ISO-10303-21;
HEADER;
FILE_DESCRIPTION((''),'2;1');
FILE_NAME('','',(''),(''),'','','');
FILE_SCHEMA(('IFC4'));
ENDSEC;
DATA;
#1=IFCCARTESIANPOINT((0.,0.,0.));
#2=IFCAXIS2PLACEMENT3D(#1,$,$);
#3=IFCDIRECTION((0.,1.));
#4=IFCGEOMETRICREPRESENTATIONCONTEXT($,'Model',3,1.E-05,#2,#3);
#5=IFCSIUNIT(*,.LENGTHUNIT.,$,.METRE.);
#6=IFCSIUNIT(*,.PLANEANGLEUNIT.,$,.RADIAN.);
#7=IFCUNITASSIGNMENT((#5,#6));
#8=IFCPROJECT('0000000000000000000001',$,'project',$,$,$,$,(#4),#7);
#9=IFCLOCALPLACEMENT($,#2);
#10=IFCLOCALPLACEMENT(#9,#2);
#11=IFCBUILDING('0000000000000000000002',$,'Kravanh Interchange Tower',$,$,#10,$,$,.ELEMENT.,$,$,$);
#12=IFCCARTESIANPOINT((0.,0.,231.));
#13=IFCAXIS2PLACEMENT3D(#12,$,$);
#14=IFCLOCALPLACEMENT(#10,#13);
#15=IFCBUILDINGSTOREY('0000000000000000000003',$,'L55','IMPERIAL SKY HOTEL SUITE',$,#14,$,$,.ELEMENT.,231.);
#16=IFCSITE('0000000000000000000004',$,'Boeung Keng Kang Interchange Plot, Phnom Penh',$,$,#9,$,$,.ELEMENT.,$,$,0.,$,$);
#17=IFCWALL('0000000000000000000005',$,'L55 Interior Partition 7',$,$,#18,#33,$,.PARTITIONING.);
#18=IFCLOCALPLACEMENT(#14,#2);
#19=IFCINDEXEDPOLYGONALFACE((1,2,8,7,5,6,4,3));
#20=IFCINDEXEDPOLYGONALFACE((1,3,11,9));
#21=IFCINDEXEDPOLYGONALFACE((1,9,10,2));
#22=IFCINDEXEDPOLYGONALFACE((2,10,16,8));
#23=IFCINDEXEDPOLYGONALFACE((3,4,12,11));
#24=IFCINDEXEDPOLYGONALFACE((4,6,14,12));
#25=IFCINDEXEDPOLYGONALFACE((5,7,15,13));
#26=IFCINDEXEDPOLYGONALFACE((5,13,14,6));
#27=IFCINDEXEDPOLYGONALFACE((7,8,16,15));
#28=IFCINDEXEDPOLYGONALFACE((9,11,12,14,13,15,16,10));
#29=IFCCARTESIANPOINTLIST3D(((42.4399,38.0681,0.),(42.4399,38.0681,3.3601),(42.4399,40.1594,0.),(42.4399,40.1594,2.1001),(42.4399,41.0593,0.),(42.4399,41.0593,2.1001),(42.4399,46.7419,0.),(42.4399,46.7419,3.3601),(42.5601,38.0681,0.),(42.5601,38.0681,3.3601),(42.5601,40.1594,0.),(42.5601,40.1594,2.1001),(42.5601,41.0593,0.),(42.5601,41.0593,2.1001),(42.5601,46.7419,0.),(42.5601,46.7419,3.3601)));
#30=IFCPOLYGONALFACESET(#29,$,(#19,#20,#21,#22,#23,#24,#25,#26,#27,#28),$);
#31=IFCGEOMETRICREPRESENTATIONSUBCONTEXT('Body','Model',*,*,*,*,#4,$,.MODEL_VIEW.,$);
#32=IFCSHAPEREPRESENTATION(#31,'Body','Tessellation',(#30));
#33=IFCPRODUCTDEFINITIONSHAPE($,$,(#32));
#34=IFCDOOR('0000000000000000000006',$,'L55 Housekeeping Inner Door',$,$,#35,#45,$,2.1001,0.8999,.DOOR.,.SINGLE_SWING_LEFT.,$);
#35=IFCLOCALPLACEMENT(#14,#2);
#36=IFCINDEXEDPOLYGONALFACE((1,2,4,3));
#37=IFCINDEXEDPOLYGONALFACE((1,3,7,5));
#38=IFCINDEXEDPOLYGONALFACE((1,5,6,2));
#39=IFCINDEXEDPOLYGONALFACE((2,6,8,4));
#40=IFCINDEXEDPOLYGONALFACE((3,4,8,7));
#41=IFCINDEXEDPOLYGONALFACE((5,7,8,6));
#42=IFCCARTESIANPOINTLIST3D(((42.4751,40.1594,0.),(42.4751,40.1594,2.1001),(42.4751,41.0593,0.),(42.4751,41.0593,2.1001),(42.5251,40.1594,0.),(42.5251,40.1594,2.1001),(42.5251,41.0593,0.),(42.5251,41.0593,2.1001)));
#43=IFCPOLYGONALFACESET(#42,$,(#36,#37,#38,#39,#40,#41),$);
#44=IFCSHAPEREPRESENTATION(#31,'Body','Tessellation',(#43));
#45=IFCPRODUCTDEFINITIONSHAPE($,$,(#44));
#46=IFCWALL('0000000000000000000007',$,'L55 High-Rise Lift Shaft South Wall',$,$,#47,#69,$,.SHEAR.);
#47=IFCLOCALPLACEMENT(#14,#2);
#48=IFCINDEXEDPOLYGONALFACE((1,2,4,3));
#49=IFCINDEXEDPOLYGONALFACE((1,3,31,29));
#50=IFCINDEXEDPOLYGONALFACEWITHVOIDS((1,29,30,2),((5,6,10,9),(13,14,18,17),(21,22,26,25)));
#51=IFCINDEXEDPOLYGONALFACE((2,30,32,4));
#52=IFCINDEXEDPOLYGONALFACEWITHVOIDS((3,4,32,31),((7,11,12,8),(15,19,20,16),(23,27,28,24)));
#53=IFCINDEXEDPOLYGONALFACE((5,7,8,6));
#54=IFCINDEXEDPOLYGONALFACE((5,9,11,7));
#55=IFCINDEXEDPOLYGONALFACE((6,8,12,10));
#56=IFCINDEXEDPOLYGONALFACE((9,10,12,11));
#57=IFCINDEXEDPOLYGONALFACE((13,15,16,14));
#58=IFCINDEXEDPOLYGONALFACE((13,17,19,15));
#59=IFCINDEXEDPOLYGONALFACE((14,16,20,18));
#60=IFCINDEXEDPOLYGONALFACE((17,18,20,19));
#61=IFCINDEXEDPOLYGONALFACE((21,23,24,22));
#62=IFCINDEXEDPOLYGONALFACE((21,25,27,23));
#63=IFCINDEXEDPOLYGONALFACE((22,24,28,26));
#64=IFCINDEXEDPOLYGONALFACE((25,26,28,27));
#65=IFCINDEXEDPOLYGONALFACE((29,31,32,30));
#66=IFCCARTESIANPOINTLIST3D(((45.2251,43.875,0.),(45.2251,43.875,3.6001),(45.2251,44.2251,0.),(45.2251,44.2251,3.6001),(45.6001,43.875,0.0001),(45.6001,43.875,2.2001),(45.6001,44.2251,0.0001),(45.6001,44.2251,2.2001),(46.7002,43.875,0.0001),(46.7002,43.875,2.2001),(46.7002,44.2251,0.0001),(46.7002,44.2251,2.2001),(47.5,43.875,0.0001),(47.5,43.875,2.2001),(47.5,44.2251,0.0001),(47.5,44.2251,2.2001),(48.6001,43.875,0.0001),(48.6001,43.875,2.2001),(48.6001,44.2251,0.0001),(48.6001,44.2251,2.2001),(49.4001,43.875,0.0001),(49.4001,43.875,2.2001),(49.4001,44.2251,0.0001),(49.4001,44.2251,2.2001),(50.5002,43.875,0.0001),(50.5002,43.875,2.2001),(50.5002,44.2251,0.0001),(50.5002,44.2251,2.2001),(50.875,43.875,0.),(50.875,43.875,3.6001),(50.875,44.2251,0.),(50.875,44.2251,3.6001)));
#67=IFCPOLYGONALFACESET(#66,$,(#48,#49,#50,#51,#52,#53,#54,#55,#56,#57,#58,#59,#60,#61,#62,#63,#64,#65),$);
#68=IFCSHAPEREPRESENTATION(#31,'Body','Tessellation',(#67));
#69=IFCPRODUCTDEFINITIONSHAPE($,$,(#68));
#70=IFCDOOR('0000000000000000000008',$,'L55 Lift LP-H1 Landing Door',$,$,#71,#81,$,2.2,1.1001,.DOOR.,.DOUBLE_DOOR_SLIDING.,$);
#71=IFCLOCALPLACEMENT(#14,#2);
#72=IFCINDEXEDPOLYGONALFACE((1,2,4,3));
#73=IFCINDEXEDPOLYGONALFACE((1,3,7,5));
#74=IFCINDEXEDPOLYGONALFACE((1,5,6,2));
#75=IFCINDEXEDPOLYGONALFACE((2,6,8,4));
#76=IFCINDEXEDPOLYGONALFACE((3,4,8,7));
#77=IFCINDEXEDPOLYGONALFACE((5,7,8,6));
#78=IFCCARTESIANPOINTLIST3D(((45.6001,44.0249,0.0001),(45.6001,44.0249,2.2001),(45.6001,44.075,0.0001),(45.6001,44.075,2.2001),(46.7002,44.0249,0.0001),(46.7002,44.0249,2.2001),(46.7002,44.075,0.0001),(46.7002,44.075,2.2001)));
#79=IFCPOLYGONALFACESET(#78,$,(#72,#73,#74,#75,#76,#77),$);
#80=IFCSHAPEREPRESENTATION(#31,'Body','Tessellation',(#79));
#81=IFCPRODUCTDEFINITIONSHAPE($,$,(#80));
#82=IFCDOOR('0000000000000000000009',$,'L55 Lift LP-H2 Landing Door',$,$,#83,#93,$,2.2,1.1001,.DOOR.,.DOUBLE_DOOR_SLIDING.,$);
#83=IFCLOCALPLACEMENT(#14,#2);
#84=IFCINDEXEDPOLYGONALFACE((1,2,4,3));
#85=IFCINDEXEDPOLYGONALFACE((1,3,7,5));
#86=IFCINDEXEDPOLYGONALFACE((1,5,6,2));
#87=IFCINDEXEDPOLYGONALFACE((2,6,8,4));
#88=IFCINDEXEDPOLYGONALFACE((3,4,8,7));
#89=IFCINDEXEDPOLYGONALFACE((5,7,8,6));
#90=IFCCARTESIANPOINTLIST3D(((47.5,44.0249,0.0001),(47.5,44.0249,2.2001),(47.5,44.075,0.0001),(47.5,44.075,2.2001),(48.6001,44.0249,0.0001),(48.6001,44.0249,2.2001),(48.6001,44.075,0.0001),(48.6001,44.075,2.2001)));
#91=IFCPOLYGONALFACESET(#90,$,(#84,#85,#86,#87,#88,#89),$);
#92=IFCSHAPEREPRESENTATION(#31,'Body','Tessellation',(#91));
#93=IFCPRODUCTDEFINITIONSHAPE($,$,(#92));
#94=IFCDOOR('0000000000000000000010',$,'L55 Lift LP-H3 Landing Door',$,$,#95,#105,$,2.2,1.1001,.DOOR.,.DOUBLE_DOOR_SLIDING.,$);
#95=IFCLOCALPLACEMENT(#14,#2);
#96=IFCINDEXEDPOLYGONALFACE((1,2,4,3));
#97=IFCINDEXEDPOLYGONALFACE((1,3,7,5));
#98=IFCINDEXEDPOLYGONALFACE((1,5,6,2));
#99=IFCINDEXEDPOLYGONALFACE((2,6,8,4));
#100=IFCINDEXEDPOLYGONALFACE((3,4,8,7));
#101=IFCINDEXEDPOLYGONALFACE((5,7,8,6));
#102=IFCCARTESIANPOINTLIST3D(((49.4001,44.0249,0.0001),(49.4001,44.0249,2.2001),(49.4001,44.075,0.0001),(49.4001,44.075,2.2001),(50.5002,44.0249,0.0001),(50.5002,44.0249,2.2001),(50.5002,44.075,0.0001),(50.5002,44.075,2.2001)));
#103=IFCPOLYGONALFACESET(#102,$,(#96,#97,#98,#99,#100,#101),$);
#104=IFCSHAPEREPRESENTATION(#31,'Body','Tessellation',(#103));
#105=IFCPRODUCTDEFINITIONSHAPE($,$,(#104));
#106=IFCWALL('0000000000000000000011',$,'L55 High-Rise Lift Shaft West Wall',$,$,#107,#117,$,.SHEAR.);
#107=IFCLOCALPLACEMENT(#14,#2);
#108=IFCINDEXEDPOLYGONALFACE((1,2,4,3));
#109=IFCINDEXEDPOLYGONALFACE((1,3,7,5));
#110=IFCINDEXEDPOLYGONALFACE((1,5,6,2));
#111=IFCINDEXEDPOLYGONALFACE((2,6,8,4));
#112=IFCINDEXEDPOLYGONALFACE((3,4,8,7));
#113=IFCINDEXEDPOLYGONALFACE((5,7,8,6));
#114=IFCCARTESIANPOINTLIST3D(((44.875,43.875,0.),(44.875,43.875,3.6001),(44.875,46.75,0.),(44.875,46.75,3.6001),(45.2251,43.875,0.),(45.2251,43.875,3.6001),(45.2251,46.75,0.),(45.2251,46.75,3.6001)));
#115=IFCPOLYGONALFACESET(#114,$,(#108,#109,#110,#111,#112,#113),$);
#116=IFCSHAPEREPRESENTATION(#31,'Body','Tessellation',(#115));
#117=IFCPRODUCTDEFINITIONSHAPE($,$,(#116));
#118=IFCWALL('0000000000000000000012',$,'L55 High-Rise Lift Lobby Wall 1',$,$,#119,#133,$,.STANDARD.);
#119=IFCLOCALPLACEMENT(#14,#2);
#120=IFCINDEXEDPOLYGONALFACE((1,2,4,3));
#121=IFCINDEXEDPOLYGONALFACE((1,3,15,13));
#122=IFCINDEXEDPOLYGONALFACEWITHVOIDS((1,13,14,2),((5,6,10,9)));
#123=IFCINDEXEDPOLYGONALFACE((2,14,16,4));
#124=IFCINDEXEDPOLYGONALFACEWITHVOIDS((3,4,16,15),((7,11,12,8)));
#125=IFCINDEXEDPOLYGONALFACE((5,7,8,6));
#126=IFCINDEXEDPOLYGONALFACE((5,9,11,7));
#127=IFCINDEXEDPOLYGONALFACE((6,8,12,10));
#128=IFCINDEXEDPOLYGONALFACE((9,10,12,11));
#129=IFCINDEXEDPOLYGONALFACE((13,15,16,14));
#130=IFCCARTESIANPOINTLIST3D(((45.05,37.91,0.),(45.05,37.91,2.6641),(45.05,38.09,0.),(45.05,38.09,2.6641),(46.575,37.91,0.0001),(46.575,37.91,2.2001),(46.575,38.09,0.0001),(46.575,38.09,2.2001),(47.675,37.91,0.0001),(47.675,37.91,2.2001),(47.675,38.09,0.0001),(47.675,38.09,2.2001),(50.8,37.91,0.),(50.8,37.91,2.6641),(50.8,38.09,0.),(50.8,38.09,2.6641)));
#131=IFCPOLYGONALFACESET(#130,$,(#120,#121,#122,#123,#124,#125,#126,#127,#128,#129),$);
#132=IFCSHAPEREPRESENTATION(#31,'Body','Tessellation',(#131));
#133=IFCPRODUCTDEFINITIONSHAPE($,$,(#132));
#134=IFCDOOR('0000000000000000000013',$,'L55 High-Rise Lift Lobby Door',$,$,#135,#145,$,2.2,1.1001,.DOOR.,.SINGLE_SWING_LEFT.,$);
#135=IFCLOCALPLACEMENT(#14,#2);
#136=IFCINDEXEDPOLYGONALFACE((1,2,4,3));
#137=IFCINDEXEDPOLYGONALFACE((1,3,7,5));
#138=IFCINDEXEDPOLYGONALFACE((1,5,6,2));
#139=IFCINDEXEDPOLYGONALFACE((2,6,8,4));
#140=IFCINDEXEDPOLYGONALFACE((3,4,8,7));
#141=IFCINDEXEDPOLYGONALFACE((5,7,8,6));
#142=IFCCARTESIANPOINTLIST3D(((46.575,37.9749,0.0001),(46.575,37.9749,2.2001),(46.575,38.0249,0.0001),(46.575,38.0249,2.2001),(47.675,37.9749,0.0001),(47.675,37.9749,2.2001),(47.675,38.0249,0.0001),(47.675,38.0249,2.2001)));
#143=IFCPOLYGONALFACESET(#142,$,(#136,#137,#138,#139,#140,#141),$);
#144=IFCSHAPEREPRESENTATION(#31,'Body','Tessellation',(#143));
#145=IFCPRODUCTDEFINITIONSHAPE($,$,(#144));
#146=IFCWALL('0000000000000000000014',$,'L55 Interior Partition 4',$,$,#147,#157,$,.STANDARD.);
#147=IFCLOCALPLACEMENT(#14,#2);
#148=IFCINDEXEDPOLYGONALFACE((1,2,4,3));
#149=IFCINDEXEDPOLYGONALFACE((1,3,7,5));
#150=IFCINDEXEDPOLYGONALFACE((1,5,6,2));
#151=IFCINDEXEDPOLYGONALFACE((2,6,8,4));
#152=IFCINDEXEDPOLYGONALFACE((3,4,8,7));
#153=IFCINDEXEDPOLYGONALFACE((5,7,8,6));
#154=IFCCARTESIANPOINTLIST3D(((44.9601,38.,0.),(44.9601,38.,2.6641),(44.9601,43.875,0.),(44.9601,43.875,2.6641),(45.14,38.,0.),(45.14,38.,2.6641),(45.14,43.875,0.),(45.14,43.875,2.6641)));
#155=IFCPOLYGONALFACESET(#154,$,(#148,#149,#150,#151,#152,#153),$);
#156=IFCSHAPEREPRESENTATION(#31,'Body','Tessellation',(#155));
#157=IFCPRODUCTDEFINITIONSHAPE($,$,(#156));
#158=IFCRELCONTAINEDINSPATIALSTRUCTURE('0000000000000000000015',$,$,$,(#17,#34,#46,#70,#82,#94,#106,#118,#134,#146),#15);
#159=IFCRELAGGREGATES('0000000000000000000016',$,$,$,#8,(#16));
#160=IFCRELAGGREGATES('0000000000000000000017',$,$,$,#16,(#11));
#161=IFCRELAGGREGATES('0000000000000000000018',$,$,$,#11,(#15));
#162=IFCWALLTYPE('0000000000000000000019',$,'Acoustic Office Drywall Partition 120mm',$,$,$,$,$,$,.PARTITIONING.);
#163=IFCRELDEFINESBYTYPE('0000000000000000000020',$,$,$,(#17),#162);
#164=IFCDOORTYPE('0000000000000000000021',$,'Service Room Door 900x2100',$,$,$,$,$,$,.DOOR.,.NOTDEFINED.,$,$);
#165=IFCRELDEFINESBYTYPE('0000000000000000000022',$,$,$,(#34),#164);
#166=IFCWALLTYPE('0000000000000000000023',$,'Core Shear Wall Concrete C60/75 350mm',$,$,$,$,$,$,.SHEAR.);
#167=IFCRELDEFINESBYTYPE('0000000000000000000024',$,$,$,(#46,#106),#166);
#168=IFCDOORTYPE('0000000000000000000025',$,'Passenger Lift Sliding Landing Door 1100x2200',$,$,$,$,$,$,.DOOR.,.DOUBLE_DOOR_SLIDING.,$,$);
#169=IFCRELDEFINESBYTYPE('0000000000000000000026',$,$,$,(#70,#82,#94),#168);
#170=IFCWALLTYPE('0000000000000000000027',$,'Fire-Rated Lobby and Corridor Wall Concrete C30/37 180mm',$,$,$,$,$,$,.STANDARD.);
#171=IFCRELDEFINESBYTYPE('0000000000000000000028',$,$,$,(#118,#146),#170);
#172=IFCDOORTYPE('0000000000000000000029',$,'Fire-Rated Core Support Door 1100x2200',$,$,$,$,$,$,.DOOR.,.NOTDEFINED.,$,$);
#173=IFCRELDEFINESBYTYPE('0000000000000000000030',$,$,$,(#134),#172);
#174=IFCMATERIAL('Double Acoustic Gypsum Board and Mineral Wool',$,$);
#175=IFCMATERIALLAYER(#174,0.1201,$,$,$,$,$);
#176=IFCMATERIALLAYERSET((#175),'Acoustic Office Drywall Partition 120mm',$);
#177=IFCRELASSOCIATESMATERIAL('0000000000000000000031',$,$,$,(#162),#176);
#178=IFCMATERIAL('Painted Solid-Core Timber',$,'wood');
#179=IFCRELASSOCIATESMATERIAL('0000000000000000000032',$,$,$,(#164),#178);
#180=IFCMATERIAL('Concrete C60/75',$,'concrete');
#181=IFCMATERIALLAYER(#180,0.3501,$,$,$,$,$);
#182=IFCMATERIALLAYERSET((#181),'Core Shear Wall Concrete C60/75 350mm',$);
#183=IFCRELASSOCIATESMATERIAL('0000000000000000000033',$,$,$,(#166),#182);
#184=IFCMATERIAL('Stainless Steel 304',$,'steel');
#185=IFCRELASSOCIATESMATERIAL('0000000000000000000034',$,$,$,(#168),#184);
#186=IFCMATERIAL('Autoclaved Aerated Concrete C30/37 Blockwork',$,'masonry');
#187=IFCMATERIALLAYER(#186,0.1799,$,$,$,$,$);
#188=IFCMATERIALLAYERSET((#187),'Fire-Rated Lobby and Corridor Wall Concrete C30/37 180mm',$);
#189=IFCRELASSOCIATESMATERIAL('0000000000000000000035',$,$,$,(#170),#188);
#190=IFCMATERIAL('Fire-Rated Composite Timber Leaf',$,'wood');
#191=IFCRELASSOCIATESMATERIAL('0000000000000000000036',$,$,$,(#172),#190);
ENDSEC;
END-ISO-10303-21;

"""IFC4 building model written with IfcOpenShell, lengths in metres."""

from ifc_helpers import new_model, si_unit, direction, frame, frame_2d, origin, place, context, subcontext, project, spatial, rectangle, extrude, material, layer, layer_set, type_object, element, fill, save


model = new_model("IFC4")

# Units and contexts
model_context = context("Model", 3, precision=1e-05, world=origin(), true_north=direction((0.0, 1.0)))
body_context = subcontext(model_context, "Body", "Model", "MODEL_VIEW")
ifc_project = project(units=[si_unit("LENGTHUNIT", "METRE"), si_unit("PLANEANGLEUNIT", "RADIAN")], contexts=[model_context])

# Site, building, storey
site_placement = place(None, origin())
site = spatial("IfcSite", under=ifc_project, at=site_placement, Name="Boeung Keng Kang Interchange Plot, Phnom Penh", CompositionType="ELEMENT", RefElevation=0.0)
building_placement = place(site_placement, origin())
building = spatial("IfcBuilding", under=site, at=building_placement, Name="Kravanh Interchange Tower", CompositionType="ELEMENT")
storey_placement = place(building_placement, frame((0.0, 0.0, 231.0)))
storey = spatial("IfcBuildingStorey", under=building, at=storey_placement, Name="L55", Description="IMPERIAL SKY HOTEL SUITE", CompositionType="ELEMENT", Elevation=231.0)

# Wall, opening, door
ifc_material_1 = material(Name="Double Acoustic Gypsum Board and Mineral Wool")
ifc_layer_1 = layer(ifc_material_1, 0.1201)
ifc_layer_set_1 = layer_set([ifc_layer_1], Name="Acoustic Office Drywall Partition 120mm")
wall_type_1 = type_object("IfcWallType", Name="Acoustic Office Drywall Partition 120mm", PredefinedType="PARTITIONING", material=ifc_layer_set_1)
wall_1_placement = place(storey_placement, frame((42.5, 38.0681, 0.0), z_axis=(0.0, 0.0, 1.0), x_axis=(0.0, 1.0, 0.0)))
wall_1 = element("IfcWall", 1, at=wall_1_placement, inside=storey, type_object=wall_type_1, Name="L55 Interior Partition 7", PredefinedType="PARTITIONING", context=body_context, shape_type="SweptSolid", body=[
    extrude(rectangle(XDim=8.6738, YDim=0.1201, at=frame_2d((4.3369, 0.0))), origin(), (0.0, 0.0, 1.0), 3.3601),
])
opening_1_placement = place(wall_1_placement, frame((2.0913, 0.0, 0.0)))
opening_1 = element("IfcOpeningElement", 2, at=opening_1_placement, cuts=wall_1, PredefinedType="OPENING", context=body_context, shape_type="SweptSolid", body=[
    extrude(rectangle(XDim=0.8999, YDim=2.1001, at=frame_2d((0.45, 1.05))), frame((0.0, 0.0701, 0.0), z_axis=(0.0, -1.0, 0.0), x_axis=(1.0, 0.0, 0.0)), (0.0, 0.0, 1.0), 0.1401),
])
ifc_material_2 = material(Name="Painted Solid-Core Timber", Category="wood")
door_type_1 = type_object("IfcDoorType", Name="Service Room Door 900x2100", OperationType="NOTDEFINED", PredefinedType="DOOR", material=ifc_material_2)
door_1_placement = place(opening_1_placement, origin())
door_1 = element("IfcDoor", 3, at=door_1_placement, inside=storey, type_object=door_type_1, Name="L55 Housekeeping Inner Door", OperationType="SINGLE_SWING_LEFT", OverallHeight=2.1001, OverallWidth=0.8999, PredefinedType="DOOR", context=body_context, shape_type="SweptSolid", body=[
    extrude(rectangle(XDim=0.8999, YDim=2.1001, at=frame_2d((0.45, 1.05))), frame((0.0, 0.0249, 0.0), z_axis=(0.0, -1.0, 0.0), x_axis=(1.0, 0.0, 0.0)), (0.0, 0.0, 1.0), 0.05),
])
fill(opening_1, door_1)

# Wall, openings, doors
ifc_material_3 = material(Name="Concrete C60/75", Category="concrete")
ifc_layer_2 = layer(ifc_material_3, 0.3501)
ifc_layer_set_2 = layer_set([ifc_layer_2], Name="Core Shear Wall Concrete C60/75 350mm")
wall_type_2 = type_object("IfcWallType", Name="Core Shear Wall Concrete C60/75 350mm", PredefinedType="SHEAR", material=ifc_layer_set_2)
wall_2_placement = place(storey_placement, frame((45.2251, 44.05, 0.0), z_axis=(0.0, 0.0, 1.0), x_axis=(1.0, 0.0, 0.0)))
wall_2 = element("IfcWall", 4, at=wall_2_placement, inside=storey, type_object=wall_type_2, Name="L55 High-Rise Lift Shaft South Wall", PredefinedType="SHEAR", context=body_context, shape_type="SweptSolid", body=[
    extrude(rectangle(XDim=5.6499, YDim=0.3501, at=frame_2d((2.825, 0.0))), origin(), (0.0, 0.0, 1.0), 3.6001),
])
opening_2_placement = place(wall_2_placement, frame((0.375, 0.0, 0.0)))
opening_2 = element("IfcOpeningElement", 5, at=opening_2_placement, cuts=wall_2, PredefinedType="OPENING", context=body_context, shape_type="SweptSolid", body=[
    extrude(rectangle(XDim=1.1001, YDim=2.2, at=frame_2d((0.55, 1.1001))), frame((0.0, 0.1851, 0.0), z_axis=(0.0, -1.0, 0.0), x_axis=(1.0, 0.0, 0.0)), (0.0, 0.0, 1.0), 0.3701),
])
opening_3_placement = place(wall_2_placement, frame((2.2749, 0.0, 0.0)))
opening_3 = element("IfcOpeningElement", 6, at=opening_3_placement, cuts=wall_2, PredefinedType="OPENING", context=body_context, shape_type="SweptSolid", body=[
    extrude(rectangle(XDim=1.1001, YDim=2.2, at=frame_2d((0.55, 1.1001))), frame((0.0, 0.1851, 0.0), z_axis=(0.0, -1.0, 0.0), x_axis=(1.0, 0.0, 0.0)), (0.0, 0.0, 1.0), 0.3701),
])
opening_4_placement = place(wall_2_placement, frame((4.175, 0.0, 0.0)))
opening_4 = element("IfcOpeningElement", 7, at=opening_4_placement, cuts=wall_2, PredefinedType="OPENING", context=body_context, shape_type="SweptSolid", body=[
    extrude(rectangle(XDim=1.1001, YDim=2.2, at=frame_2d((0.55, 1.1001))), frame((0.0, 0.1851, 0.0), z_axis=(0.0, -1.0, 0.0), x_axis=(1.0, 0.0, 0.0)), (0.0, 0.0, 1.0), 0.3701),
])
ifc_material_4 = material(Name="Stainless Steel 304", Category="steel")
door_type_2 = type_object("IfcDoorType", Name="Passenger Lift Sliding Landing Door 1100x2200", OperationType="DOUBLE_DOOR_SLIDING", PredefinedType="DOOR", material=ifc_material_4)
door_2_placement = place(opening_2_placement, origin())
door_2 = element("IfcDoor", 8, at=door_2_placement, inside=storey, type_object=door_type_2, Name="L55 Lift LP-H1 Landing Door", OperationType="DOUBLE_DOOR_SLIDING", OverallHeight=2.2, OverallWidth=1.1001, PredefinedType="DOOR", context=body_context, shape_type="SweptSolid", body=[
    extrude(rectangle(XDim=1.1001, YDim=2.2, at=frame_2d((0.55, 1.1001))), frame((0.0, 0.0249, 0.0), z_axis=(0.0, -1.0, 0.0), x_axis=(1.0, 0.0, 0.0)), (0.0, 0.0, 1.0), 0.05),
])
fill(opening_2, door_2)
door_3_placement = place(opening_3_placement, origin())
door_3 = element("IfcDoor", 9, at=door_3_placement, inside=storey, type_object=door_type_2, Name="L55 Lift LP-H2 Landing Door", OperationType="DOUBLE_DOOR_SLIDING", OverallHeight=2.2, OverallWidth=1.1001, PredefinedType="DOOR", context=body_context, shape_type="SweptSolid", body=[
    extrude(rectangle(XDim=1.1001, YDim=2.2, at=frame_2d((0.55, 1.1001))), frame((0.0, 0.0249, 0.0), z_axis=(0.0, -1.0, 0.0), x_axis=(1.0, 0.0, 0.0)), (0.0, 0.0, 1.0), 0.05),
])
fill(opening_3, door_3)
door_4_placement = place(opening_4_placement, origin())
door_4 = element("IfcDoor", 10, at=door_4_placement, inside=storey, type_object=door_type_2, Name="L55 Lift LP-H3 Landing Door", OperationType="DOUBLE_DOOR_SLIDING", OverallHeight=2.2, OverallWidth=1.1001, PredefinedType="DOOR", context=body_context, shape_type="SweptSolid", body=[
    extrude(rectangle(XDim=1.1001, YDim=2.2, at=frame_2d((0.55, 1.1001))), frame((0.0, 0.0249, 0.0), z_axis=(0.0, -1.0, 0.0), x_axis=(1.0, 0.0, 0.0)), (0.0, 0.0, 1.0), 0.05),
])
fill(opening_4, door_4)

# Wall
wall_3_placement = place(storey_placement, frame((45.05, 43.875, 0.0), z_axis=(0.0, 0.0, 1.0), x_axis=(0.0, 1.0, 0.0)))
element("IfcWall", 11, at=wall_3_placement, inside=storey, type_object=wall_type_2, Name="L55 High-Rise Lift Shaft West Wall", PredefinedType="SHEAR", context=body_context, shape_type="SweptSolid", body=[
    extrude(rectangle(XDim=2.875, YDim=0.3501, at=frame_2d((1.4375, 0.0))), origin(), (0.0, 0.0, 1.0), 3.6001),
])

# Wall, opening, door
ifc_material_5 = material(Name="Autoclaved Aerated Concrete C30/37 Blockwork", Category="masonry")
ifc_layer_3 = layer(ifc_material_5, 0.1799)
ifc_layer_set_3 = layer_set([ifc_layer_3], Name="Fire-Rated Lobby and Corridor Wall Concrete C30/37 180mm")
wall_type_3 = type_object("IfcWallType", Name="Fire-Rated Lobby and Corridor Wall Concrete C30/37 180mm", PredefinedType="STANDARD", material=ifc_layer_set_3)
wall_4_placement = place(storey_placement, frame((45.05, 38.0, 0.0), z_axis=(0.0, 0.0, 1.0), x_axis=(1.0, 0.0, 0.0)))
wall_4 = element("IfcWall", 12, at=wall_4_placement, inside=storey, type_object=wall_type_3, Name="L55 High-Rise Lift Lobby Wall 1", PredefinedType="STANDARD", context=body_context, shape_type="SweptSolid", body=[
    extrude(rectangle(XDim=5.75, YDim=0.1799, at=frame_2d((2.875, 0.0))), origin(), (0.0, 0.0, 1.0), 2.6641),
])
opening_5_placement = place(wall_4_placement, frame((1.5249, 0.0, 0.0)))
opening_5 = element("IfcOpeningElement", 13, at=opening_5_placement, cuts=wall_4, PredefinedType="OPENING", context=body_context, shape_type="SweptSolid", body=[
    extrude(rectangle(XDim=1.1001, YDim=2.2, at=frame_2d((0.55, 1.1001))), frame((0.0, 0.1001, 0.0), z_axis=(0.0, -1.0, 0.0), x_axis=(1.0, 0.0, 0.0)), (0.0, 0.0, 1.0), 0.2),
])
ifc_material_6 = material(Name="Fire-Rated Composite Timber Leaf", Category="wood")
door_type_3 = type_object("IfcDoorType", Name="Fire-Rated Core Support Door 1100x2200", OperationType="NOTDEFINED", PredefinedType="DOOR", material=ifc_material_6)
door_5_placement = place(opening_5_placement, origin())
door_5 = element("IfcDoor", 14, at=door_5_placement, inside=storey, type_object=door_type_3, Name="L55 High-Rise Lift Lobby Door", OperationType="SINGLE_SWING_LEFT", OverallHeight=2.2, OverallWidth=1.1001, PredefinedType="DOOR", context=body_context, shape_type="SweptSolid", body=[
    extrude(rectangle(XDim=1.1001, YDim=2.2, at=frame_2d((0.55, 1.1001))), frame((0.0, 0.0249, 0.0), z_axis=(0.0, -1.0, 0.0), x_axis=(1.0, 0.0, 0.0)), (0.0, 0.0, 1.0), 0.05),
])
fill(opening_5, door_5)

# Wall
wall_5_placement = place(storey_placement, frame((45.05, 38.0, 0.0), z_axis=(0.0, 0.0, 1.0), x_axis=(0.0, 1.0, 0.0)))
element("IfcWall", 15, at=wall_5_placement, inside=storey, type_object=wall_type_3, Name="L55 Interior Partition 4", PredefinedType="STANDARD", context=body_context, shape_type="SweptSolid", body=[
    extrude(rectangle(XDim=5.875, YDim=0.1799, at=frame_2d((2.9375, 0.0))), origin(), (0.0, 0.0, 1.0), 2.6641),
])

save(model, "model.ifc")
